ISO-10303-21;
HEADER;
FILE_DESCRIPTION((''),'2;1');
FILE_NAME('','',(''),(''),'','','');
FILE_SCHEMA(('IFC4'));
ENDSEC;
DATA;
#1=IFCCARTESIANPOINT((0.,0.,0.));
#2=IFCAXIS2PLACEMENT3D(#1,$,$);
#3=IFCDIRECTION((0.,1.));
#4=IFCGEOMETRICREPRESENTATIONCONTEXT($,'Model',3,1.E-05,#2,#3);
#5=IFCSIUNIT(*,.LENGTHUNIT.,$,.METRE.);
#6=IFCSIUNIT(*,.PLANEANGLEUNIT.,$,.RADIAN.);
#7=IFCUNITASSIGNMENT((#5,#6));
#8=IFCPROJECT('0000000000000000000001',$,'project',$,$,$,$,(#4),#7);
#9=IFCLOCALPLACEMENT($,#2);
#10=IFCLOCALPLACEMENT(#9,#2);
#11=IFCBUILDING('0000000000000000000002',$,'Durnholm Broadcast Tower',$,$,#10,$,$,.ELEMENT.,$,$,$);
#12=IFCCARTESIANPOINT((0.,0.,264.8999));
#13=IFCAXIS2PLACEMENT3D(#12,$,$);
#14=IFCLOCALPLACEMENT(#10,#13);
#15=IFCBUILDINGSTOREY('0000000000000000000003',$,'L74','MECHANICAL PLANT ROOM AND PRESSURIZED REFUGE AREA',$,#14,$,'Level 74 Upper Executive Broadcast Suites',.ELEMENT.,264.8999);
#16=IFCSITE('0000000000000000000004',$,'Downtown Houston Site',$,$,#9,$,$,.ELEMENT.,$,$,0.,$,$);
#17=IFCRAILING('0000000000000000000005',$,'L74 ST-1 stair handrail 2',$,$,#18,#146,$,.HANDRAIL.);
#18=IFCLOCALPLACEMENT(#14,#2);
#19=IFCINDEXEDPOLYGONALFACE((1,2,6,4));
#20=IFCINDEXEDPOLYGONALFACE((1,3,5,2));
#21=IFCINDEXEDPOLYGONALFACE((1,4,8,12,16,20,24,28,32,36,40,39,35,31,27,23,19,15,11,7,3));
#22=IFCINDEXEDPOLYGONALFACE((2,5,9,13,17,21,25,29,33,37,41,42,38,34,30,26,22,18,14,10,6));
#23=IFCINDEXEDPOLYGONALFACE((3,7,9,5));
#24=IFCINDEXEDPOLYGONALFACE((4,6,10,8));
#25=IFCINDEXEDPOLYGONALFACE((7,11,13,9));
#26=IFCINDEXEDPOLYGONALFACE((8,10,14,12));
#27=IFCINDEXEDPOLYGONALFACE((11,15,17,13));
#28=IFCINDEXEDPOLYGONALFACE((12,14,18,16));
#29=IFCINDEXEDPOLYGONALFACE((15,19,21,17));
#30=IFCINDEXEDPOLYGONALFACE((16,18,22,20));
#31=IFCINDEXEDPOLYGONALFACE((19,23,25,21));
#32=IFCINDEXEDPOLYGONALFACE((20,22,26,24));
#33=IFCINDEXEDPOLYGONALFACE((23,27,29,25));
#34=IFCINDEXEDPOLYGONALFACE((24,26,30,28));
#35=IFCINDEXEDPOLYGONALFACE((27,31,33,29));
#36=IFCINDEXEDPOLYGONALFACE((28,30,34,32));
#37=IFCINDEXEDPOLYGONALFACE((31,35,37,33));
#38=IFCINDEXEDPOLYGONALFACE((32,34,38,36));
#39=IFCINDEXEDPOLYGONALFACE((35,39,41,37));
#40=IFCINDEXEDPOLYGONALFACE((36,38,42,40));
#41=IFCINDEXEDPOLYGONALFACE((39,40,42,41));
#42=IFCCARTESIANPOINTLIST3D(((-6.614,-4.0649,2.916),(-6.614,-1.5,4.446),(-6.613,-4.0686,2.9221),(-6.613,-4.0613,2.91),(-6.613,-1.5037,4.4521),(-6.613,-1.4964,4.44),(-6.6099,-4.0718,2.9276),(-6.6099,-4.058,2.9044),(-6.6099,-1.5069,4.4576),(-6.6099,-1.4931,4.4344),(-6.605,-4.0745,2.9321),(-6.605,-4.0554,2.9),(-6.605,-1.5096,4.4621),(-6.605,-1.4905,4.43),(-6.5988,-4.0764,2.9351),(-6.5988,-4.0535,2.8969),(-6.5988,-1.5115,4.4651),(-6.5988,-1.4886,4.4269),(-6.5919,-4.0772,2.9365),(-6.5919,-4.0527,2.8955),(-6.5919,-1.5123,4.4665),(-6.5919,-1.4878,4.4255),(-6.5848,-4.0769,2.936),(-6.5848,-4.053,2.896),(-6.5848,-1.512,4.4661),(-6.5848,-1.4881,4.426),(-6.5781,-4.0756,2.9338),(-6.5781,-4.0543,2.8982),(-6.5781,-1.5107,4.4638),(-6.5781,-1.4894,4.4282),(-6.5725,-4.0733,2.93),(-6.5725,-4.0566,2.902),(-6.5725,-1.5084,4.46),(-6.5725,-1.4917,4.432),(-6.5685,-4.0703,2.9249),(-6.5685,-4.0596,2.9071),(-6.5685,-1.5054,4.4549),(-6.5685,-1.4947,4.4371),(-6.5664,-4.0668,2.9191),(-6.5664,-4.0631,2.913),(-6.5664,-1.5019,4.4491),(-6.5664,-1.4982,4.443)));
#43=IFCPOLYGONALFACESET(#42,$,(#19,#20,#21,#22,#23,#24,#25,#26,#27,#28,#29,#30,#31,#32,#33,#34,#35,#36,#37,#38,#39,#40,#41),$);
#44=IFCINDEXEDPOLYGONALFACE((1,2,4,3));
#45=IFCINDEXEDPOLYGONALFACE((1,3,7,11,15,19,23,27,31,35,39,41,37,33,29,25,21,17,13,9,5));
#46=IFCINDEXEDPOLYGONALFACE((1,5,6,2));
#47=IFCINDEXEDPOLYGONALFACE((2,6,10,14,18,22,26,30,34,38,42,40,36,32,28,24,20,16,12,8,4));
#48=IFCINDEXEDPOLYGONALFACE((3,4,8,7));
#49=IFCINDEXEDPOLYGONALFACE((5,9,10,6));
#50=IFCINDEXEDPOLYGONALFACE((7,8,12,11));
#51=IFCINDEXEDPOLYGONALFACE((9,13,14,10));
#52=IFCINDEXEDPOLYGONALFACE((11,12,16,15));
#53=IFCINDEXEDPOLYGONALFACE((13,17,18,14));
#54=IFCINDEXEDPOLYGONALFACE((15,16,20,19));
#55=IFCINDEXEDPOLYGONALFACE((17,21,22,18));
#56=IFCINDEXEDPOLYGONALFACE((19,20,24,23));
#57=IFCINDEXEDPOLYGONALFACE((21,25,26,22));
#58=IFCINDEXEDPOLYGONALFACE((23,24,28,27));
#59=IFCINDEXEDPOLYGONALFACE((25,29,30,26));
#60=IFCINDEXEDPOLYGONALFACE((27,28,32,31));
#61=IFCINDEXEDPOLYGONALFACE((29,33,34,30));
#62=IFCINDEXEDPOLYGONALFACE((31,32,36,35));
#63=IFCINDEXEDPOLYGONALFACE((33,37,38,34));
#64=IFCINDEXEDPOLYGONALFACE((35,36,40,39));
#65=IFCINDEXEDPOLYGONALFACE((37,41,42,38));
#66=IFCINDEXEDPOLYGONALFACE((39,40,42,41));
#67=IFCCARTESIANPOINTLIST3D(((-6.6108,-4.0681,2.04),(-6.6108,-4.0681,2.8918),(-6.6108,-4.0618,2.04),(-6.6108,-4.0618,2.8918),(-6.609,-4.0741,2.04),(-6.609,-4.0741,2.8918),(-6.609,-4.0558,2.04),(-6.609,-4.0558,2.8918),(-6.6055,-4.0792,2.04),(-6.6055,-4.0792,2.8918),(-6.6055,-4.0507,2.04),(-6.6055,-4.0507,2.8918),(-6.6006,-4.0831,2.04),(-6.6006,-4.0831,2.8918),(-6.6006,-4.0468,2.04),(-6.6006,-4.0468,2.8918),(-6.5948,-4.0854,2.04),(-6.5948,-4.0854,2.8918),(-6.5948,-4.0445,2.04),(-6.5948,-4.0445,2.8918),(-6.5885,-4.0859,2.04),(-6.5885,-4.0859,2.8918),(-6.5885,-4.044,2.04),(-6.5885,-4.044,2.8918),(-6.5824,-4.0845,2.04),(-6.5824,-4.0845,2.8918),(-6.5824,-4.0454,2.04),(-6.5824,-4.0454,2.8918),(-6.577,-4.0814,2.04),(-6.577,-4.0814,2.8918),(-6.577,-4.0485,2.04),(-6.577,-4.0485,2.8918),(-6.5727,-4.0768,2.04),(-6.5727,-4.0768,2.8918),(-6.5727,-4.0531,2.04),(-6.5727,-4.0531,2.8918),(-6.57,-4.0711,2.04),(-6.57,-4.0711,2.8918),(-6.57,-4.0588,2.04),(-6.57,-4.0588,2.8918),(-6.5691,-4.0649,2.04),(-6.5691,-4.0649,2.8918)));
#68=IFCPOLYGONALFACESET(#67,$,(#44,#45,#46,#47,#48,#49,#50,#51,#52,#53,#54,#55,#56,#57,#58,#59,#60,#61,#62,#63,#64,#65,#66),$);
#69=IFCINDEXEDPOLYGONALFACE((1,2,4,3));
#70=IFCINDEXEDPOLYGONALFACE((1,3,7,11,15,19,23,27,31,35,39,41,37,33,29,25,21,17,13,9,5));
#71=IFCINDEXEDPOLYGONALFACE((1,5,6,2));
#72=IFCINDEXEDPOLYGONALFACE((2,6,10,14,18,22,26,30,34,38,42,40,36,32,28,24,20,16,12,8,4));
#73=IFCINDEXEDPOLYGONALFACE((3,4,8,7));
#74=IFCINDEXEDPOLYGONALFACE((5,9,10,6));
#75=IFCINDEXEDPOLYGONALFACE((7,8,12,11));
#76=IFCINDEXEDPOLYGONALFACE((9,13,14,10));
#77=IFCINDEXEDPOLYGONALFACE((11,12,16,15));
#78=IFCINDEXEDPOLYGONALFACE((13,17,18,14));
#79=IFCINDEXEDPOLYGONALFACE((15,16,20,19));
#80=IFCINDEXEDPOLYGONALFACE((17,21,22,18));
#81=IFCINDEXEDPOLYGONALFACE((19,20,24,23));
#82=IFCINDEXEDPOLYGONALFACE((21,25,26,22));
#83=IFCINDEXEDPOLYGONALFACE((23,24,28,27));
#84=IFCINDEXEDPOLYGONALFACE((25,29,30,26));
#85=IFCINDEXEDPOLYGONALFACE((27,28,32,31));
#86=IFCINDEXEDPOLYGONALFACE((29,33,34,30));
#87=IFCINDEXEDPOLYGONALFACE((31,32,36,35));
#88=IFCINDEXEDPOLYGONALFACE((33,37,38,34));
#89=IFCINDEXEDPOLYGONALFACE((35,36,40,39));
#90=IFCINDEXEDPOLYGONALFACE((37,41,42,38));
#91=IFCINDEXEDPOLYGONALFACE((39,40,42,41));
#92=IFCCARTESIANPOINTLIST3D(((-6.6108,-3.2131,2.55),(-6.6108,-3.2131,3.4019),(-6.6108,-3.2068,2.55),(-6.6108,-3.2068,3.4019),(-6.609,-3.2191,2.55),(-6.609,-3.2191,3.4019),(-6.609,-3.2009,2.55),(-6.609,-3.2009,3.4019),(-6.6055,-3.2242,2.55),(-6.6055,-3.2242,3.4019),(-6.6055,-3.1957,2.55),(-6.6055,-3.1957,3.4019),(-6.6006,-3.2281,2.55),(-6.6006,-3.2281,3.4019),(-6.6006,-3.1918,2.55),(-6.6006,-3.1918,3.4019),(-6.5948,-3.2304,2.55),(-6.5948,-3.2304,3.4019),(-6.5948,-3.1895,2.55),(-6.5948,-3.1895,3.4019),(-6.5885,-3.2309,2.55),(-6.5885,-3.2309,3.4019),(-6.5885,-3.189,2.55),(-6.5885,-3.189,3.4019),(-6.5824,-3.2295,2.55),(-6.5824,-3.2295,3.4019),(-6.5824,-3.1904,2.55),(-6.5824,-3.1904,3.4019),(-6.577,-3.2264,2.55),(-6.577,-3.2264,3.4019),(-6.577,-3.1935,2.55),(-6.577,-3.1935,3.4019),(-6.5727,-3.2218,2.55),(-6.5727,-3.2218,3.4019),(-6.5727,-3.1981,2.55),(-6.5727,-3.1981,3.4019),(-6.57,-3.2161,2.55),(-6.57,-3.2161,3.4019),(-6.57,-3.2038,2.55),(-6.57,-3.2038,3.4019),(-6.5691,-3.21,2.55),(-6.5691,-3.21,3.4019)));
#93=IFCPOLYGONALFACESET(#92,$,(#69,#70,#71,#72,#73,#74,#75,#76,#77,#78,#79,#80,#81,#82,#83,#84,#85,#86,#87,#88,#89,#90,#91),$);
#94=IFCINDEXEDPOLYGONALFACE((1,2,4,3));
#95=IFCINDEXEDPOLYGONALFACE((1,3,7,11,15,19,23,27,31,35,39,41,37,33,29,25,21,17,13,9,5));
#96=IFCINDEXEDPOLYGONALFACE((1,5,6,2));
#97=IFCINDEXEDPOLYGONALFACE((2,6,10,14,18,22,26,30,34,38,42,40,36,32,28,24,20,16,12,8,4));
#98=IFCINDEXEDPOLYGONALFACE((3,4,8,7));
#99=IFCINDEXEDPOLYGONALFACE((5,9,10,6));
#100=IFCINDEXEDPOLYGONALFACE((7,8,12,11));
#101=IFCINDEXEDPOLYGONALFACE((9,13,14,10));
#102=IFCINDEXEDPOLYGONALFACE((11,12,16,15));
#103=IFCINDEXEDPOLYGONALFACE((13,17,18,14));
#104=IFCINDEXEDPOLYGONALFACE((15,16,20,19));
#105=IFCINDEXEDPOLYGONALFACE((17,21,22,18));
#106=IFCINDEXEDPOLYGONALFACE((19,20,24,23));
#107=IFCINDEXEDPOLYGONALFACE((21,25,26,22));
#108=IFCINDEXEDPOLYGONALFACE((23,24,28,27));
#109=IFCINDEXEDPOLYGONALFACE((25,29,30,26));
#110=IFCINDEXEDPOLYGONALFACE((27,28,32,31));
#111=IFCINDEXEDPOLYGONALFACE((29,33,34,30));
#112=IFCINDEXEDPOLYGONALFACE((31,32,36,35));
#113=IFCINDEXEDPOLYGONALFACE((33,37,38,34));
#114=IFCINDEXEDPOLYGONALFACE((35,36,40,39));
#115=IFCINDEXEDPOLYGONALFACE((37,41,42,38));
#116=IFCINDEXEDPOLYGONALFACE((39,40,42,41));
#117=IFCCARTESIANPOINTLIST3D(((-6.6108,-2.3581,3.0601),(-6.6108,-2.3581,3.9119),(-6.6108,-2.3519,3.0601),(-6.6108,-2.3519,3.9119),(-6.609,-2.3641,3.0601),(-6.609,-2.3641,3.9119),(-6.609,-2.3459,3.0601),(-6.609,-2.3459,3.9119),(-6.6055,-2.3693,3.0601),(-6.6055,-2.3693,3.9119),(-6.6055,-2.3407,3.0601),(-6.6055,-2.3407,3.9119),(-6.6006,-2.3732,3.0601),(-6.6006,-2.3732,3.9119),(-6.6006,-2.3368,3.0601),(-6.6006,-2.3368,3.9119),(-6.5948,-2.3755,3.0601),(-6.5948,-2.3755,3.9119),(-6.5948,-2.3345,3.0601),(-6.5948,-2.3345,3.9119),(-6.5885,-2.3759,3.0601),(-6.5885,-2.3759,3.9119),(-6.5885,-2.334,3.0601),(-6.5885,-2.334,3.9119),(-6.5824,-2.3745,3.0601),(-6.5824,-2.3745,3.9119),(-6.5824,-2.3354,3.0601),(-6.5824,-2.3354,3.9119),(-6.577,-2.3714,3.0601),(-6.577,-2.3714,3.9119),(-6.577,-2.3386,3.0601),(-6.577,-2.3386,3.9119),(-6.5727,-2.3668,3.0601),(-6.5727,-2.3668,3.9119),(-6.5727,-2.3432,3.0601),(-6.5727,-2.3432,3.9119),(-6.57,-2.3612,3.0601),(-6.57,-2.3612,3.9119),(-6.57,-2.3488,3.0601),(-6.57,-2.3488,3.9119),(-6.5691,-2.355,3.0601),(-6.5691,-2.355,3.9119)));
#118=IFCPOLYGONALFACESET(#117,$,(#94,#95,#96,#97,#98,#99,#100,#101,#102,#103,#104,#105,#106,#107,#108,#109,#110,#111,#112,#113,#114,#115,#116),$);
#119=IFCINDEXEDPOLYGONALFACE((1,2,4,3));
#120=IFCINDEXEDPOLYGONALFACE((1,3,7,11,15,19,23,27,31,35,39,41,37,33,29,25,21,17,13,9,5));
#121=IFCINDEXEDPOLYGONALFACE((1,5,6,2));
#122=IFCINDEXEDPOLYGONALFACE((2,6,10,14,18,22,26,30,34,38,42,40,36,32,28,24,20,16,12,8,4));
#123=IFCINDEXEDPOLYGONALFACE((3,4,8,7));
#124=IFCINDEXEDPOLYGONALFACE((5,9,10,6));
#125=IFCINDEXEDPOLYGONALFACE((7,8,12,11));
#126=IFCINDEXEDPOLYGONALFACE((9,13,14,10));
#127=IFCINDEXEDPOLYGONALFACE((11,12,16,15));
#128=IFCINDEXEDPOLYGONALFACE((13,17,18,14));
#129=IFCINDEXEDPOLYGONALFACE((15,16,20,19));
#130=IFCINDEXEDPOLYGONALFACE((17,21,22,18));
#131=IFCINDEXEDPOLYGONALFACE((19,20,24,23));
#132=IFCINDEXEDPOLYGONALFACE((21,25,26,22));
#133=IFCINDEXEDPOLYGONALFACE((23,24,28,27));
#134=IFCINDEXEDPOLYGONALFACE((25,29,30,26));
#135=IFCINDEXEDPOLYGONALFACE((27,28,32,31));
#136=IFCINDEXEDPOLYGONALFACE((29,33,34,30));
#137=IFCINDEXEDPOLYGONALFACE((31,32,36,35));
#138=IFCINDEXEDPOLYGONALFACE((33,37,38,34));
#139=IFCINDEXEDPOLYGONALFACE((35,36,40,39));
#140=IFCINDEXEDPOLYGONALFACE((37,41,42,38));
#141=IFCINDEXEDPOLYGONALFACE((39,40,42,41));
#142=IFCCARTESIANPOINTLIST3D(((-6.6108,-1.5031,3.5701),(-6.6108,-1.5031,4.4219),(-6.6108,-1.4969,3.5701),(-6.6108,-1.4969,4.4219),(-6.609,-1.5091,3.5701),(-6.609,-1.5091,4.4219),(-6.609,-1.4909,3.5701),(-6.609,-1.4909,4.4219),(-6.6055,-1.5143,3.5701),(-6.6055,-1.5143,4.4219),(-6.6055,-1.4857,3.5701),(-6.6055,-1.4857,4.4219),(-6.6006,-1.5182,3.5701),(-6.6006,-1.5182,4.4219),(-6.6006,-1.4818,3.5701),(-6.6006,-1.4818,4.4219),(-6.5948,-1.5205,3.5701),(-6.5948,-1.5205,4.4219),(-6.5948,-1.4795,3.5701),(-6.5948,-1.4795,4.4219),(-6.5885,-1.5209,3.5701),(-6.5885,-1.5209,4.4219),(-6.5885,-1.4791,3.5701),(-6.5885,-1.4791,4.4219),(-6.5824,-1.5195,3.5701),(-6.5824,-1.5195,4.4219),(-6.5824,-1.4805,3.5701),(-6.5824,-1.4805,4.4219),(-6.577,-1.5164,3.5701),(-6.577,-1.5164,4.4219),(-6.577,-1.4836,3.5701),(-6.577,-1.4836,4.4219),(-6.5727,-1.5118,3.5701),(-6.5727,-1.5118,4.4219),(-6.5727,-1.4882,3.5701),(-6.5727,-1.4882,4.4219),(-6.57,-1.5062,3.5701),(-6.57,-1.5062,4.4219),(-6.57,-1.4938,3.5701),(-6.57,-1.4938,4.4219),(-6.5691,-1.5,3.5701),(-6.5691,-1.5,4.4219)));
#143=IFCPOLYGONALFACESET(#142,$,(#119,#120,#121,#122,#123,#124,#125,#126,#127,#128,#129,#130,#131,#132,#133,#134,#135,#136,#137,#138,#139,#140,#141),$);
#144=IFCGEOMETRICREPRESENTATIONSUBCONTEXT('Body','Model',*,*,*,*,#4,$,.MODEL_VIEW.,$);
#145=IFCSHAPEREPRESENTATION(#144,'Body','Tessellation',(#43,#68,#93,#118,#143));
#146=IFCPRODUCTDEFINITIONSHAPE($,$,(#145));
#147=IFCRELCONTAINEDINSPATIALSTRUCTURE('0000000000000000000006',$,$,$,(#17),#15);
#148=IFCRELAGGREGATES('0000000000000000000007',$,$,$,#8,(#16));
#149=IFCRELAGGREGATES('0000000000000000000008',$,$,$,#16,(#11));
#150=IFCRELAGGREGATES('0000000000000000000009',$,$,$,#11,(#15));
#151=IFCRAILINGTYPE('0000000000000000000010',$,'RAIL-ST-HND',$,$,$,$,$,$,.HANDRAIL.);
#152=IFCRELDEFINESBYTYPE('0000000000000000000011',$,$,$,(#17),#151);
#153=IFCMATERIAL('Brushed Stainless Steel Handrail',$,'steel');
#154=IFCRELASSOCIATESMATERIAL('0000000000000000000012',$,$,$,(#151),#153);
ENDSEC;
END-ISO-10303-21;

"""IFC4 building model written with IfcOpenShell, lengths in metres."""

from ifc_helpers import new_model, si_unit, direction, frame, origin, origin_2d, place, context, subcontext, project, spatial, circle, extrude, material, type_object, element, save


model = new_model("IFC4")

# Units and contexts
model_context = context("Model", 3, precision=1e-05, world=origin(), true_north=direction((0.0, 1.0)))
body_context = subcontext(model_context, "Body", "Model", "MODEL_VIEW")
ifc_project = project(units=[si_unit("LENGTHUNIT", "METRE"), si_unit("PLANEANGLEUNIT", "RADIAN")], contexts=[model_context])

# Site, building, storey
site_placement = place(None, origin())
site = spatial("IfcSite", under=ifc_project, at=site_placement, Name="Downtown Houston Site", CompositionType="ELEMENT", RefElevation=0.0)
building_placement = place(site_placement, origin())
building = spatial("IfcBuilding", under=site, at=building_placement, Name="Durnholm Broadcast Tower", CompositionType="ELEMENT")
storey_placement = place(building_placement, frame((0.0, 0.0, 264.8999)))
storey = spatial("IfcBuildingStorey", under=building, at=storey_placement, Name="L74", Description="MECHANICAL PLANT ROOM AND PRESSURIZED REFUGE AREA", LongName="Level 74 Upper Executive Broadcast Suites", CompositionType="ELEMENT", Elevation=264.8999)

# Railing
ifc_material_1 = material(Name="Brushed Stainless Steel Handrail", Category="steel")
railing_type_1 = type_object("IfcRailingType", Name="RAIL-ST-HND", PredefinedType="HANDRAIL", material=ifc_material_1)
railing_1_placement = place(storey_placement, frame((-6.5901, -4.0649, 2.04)))
element("IfcRailing", 1, at=railing_1_placement, inside=storey, type_object=railing_type_1, Name="L74 ST-1 stair handrail 2", PredefinedType="HANDRAIL", context=body_context, shape_type="SweptSolid", body=[
    extrude(circle(Radius=0.0239, at=origin_2d()), frame((0.0, 0.0, 0.876), z_axis=(0.0, 0.85881, 0.512294), x_axis=(-1.0, 0.0, 0.0)), (0.0, 0.0, 1.0), 2.9866),
    extrude(circle(Radius=0.021, at=origin_2d()), origin(), (0.0, 0.0, 1.0), 0.8518),
    extrude(circle(Radius=0.021, at=origin_2d()), frame((0.0, 0.855, 0.51)), (0.0, 0.0, 1.0), 0.8518),
    extrude(circle(Radius=0.021, at=origin_2d()), frame((0.0, 1.71, 1.02)), (0.0, 0.0, 1.0), 0.8518),
    extrude(circle(Radius=0.021, at=origin_2d()), frame((0.0, 2.5649, 1.53)), (0.0, 0.0, 1.0), 0.8518),
])

save(model, "model.ifc")
